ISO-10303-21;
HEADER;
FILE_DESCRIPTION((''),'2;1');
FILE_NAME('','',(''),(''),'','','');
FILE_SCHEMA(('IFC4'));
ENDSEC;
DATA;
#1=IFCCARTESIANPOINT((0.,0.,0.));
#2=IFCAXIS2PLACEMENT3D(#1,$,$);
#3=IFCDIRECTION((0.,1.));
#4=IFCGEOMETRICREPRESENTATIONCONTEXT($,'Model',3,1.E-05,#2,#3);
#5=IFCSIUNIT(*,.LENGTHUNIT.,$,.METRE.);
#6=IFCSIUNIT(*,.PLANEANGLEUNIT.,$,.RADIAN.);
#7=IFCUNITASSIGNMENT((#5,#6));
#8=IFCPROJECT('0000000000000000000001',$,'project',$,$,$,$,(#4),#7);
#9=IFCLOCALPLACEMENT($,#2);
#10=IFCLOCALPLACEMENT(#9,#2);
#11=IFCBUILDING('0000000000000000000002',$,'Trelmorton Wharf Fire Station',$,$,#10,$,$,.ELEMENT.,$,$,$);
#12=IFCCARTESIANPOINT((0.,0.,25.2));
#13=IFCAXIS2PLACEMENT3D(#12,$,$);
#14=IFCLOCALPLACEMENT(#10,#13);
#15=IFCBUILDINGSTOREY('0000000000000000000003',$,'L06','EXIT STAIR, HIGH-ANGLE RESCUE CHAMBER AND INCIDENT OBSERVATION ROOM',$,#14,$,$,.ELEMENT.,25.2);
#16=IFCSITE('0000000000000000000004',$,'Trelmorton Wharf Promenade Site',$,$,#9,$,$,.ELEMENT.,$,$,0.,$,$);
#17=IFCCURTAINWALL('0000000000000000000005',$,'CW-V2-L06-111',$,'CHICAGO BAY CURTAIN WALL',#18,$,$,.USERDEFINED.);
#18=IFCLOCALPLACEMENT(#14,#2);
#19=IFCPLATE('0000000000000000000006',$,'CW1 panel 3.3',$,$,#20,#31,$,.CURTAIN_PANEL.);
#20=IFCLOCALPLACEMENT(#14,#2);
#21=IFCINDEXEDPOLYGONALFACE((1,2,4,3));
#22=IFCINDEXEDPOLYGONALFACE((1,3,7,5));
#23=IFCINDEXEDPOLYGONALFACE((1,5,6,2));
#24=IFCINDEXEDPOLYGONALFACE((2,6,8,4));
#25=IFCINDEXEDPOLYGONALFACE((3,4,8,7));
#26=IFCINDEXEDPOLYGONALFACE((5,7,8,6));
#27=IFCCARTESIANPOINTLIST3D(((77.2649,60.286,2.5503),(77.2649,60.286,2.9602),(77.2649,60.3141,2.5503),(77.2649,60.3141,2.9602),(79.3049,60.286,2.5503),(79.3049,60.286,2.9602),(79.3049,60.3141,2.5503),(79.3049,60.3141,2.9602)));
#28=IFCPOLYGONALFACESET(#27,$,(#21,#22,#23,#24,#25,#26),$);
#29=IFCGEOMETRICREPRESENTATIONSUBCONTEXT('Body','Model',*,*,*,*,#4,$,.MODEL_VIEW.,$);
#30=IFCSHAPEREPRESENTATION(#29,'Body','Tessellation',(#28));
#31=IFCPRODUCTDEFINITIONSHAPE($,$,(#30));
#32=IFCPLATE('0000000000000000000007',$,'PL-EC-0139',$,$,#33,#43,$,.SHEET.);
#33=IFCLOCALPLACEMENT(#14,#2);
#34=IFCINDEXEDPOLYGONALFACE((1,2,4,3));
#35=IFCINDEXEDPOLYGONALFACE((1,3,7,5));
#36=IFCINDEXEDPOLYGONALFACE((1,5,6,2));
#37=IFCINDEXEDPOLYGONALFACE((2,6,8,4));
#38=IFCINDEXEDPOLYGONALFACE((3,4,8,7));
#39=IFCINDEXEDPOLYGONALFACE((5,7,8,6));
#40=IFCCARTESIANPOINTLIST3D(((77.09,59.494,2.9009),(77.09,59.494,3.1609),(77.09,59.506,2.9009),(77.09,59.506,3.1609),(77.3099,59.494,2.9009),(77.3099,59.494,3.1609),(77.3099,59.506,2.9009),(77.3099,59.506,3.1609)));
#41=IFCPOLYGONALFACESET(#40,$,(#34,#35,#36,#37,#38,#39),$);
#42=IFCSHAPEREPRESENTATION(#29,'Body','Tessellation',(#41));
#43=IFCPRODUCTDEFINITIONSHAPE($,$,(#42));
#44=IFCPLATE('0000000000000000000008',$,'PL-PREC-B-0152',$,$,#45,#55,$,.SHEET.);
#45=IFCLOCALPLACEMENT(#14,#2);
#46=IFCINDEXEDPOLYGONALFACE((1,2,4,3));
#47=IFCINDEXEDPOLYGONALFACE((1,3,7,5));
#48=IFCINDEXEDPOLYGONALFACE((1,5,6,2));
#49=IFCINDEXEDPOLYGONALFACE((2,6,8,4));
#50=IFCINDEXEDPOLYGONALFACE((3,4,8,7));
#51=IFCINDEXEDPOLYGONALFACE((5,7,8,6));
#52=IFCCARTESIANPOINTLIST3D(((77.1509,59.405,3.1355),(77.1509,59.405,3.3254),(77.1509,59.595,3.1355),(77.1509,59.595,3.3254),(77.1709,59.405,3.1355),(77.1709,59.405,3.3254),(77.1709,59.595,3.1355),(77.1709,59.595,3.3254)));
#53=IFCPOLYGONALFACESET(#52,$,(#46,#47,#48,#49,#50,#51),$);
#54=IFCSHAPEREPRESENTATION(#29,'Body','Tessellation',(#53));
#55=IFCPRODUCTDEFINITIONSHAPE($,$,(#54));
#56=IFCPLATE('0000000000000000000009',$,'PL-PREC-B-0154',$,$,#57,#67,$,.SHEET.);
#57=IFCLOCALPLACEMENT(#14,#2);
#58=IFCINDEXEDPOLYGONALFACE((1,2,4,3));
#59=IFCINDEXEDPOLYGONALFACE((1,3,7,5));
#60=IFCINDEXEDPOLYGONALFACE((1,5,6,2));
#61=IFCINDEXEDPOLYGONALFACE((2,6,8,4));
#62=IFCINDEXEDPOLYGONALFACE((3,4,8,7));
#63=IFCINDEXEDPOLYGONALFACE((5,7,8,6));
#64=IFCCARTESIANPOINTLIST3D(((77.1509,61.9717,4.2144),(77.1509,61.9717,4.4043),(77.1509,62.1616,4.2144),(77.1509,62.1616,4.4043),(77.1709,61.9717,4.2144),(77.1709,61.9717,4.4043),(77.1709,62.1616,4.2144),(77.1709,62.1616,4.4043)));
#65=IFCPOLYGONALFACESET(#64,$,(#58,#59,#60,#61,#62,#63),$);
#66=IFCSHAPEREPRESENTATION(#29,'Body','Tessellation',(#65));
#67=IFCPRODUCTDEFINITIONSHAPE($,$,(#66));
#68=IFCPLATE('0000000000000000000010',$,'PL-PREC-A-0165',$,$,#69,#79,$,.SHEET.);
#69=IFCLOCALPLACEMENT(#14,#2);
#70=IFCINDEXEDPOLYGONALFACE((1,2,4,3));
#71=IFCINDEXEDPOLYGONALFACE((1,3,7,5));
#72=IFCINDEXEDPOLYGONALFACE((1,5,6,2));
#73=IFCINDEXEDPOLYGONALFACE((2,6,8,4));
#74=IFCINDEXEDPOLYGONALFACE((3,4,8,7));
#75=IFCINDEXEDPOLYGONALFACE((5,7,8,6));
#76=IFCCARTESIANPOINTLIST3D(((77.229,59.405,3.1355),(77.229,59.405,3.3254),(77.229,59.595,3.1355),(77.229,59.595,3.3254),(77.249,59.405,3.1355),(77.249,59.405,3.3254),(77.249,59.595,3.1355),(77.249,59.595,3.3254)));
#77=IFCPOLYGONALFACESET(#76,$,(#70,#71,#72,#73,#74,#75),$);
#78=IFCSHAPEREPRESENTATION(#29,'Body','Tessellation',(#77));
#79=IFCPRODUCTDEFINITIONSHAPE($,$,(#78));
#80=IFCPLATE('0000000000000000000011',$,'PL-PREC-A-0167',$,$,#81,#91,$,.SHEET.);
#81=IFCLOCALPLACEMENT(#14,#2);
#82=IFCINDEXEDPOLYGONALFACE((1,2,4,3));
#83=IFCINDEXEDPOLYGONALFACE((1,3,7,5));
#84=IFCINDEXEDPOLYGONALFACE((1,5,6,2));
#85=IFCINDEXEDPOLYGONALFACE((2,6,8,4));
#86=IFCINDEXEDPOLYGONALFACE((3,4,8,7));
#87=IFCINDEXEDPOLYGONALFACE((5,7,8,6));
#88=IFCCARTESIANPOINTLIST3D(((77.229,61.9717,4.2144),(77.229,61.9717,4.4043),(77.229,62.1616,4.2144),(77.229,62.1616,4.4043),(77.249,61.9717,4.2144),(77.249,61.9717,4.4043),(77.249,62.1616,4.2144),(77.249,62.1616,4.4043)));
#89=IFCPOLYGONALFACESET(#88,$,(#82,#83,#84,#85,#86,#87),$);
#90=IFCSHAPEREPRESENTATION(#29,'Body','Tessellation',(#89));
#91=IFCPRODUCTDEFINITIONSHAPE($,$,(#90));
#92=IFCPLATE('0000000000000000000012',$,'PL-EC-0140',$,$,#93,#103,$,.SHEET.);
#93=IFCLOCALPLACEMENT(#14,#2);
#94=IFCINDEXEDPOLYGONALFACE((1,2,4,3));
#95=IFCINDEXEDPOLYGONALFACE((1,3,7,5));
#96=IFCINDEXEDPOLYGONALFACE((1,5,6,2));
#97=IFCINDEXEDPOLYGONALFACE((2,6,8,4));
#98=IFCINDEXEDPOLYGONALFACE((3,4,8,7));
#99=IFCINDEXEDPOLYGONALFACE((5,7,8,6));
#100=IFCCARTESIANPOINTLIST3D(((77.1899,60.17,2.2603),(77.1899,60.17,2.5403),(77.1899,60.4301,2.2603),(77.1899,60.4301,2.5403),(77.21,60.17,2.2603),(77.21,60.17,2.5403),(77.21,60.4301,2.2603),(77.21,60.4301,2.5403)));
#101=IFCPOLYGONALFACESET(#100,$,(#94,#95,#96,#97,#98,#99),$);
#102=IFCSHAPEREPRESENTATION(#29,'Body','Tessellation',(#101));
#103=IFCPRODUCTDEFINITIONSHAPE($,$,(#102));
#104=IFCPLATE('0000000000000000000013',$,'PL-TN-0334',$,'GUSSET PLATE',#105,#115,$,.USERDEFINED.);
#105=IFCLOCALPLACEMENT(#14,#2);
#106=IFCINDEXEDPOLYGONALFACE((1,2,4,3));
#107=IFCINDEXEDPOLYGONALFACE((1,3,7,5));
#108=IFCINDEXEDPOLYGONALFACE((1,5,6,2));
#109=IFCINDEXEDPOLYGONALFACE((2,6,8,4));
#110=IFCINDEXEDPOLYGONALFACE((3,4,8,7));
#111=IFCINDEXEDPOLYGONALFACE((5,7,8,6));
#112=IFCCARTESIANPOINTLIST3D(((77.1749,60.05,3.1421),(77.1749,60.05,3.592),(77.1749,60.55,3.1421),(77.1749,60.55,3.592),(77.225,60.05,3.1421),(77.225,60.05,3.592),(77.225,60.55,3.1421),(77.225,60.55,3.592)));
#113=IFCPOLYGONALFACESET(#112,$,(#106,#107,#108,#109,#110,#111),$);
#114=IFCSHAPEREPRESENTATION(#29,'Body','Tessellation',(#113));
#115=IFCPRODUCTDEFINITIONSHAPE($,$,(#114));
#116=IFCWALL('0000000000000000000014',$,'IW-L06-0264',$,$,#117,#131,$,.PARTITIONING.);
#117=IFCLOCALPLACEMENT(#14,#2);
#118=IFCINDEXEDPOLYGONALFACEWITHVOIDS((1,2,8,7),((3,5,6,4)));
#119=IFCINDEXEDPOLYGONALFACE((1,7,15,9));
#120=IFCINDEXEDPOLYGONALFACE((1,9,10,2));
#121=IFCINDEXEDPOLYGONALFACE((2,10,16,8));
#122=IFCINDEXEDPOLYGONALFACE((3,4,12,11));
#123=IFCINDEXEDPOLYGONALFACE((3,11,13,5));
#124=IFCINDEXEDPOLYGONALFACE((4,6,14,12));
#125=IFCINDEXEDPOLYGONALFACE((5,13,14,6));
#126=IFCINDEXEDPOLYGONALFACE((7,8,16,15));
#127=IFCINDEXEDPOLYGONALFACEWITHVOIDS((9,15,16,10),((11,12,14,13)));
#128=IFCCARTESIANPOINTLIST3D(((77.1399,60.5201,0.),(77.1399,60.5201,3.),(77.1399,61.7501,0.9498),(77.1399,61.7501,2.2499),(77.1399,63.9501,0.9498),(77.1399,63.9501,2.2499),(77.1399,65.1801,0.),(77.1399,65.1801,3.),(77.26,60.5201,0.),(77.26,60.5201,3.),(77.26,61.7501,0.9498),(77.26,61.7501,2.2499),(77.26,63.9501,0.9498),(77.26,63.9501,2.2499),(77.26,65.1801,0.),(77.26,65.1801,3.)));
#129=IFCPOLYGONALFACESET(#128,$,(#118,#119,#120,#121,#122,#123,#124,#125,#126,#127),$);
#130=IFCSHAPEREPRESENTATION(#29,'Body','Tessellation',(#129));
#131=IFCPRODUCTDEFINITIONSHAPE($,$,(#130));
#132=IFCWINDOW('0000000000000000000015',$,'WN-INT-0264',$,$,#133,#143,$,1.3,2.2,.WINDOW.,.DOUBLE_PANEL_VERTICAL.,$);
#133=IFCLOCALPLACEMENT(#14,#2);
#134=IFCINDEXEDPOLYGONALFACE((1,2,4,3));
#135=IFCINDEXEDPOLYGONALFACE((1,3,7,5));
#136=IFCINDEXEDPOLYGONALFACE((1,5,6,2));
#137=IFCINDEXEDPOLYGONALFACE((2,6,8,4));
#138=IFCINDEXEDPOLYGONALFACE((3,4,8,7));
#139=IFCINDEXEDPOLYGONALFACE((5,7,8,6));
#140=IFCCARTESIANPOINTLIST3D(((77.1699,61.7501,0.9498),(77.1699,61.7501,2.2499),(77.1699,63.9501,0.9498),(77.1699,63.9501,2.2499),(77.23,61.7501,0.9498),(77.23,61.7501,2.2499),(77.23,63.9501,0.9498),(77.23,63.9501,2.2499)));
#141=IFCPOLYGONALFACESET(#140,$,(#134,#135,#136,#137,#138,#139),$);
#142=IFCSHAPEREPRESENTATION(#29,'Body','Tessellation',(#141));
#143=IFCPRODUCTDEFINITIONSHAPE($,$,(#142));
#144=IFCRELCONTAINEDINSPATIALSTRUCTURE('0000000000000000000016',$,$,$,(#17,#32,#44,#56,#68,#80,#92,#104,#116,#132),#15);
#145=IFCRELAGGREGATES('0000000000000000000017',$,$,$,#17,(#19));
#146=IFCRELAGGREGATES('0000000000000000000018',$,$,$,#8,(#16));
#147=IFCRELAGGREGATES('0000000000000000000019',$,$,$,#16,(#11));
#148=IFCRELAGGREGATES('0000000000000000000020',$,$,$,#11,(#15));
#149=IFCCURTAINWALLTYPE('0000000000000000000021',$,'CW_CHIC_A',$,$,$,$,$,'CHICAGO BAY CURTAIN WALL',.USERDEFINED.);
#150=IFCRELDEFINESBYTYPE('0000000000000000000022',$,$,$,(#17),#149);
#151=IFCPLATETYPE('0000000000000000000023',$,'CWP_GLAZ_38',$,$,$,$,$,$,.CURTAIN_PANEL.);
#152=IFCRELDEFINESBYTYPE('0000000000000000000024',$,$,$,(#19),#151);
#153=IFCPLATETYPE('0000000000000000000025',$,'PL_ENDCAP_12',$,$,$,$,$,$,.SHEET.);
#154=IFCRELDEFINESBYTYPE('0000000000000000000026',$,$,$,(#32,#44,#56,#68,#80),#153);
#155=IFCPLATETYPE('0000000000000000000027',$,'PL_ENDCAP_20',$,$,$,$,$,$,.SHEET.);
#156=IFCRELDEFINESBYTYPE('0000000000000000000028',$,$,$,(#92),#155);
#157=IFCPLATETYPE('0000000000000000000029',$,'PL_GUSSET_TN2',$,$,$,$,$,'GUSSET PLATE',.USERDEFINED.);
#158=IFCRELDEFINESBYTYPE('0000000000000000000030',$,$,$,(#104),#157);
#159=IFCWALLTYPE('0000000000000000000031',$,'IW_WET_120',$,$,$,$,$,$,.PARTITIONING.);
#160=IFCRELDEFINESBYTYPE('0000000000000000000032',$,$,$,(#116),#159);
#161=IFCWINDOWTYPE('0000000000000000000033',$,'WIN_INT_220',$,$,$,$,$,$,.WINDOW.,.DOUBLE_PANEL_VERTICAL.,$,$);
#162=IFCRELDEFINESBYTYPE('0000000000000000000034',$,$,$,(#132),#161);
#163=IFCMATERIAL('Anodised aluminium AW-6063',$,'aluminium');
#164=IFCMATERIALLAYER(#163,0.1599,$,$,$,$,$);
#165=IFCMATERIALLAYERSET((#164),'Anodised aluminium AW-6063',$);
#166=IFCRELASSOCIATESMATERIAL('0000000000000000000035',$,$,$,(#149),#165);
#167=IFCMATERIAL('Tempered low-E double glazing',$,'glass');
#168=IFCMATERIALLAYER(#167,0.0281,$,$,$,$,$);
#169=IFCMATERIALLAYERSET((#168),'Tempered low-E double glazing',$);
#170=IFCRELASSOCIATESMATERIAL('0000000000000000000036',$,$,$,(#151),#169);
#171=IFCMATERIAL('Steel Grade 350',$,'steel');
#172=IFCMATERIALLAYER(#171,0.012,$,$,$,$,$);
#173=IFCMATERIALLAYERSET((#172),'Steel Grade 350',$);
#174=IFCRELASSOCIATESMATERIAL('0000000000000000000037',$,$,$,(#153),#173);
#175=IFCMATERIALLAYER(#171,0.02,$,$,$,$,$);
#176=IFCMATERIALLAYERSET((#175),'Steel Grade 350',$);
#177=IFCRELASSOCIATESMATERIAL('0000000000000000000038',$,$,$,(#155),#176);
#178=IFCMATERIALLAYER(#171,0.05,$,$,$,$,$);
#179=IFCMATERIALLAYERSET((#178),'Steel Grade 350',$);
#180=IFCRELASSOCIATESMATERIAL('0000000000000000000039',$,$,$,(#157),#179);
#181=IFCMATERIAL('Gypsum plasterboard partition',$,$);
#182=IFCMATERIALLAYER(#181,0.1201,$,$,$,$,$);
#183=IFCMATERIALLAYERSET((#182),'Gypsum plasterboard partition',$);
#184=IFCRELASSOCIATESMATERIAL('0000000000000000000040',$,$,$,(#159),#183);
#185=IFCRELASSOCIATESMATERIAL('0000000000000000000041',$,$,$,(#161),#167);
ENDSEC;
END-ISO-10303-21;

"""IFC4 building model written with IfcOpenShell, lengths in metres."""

from ifc_helpers import new_model, si_unit, direction, frame, frame_2d, origin, origin_2d, place, context, subcontext, project, spatial, rectangle, extrude, material, layer, layer_set, type_object, element, fill, aggregate, save


model = new_model("IFC4")

# Units and contexts
model_context = context("Model", 3, precision=1e-05, world=origin(), true_north=direction((0.0, 1.0)))
body_context = subcontext(model_context, "Body", "Model", "MODEL_VIEW")
ifc_project = project(units=[si_unit("LENGTHUNIT", "METRE"), si_unit("PLANEANGLEUNIT", "RADIAN")], contexts=[model_context])

# Site, building, storey
site_placement = place(None, origin())
site = spatial("IfcSite", under=ifc_project, at=site_placement, Name="Trelmorton Wharf Promenade Site", CompositionType="ELEMENT", RefElevation=0.0)
building_placement = place(site_placement, origin())
building = spatial("IfcBuilding", under=site, at=building_placement, Name="Trelmorton Wharf Fire Station", CompositionType="ELEMENT")
storey_placement = place(building_placement, frame((0.0, 0.0, 25.2)))
storey = spatial("IfcBuildingStorey", under=building, at=storey_placement, Name="L06", Description="EXIT STAIR, HIGH-ANGLE RESCUE CHAMBER AND INCIDENT OBSERVATION ROOM", CompositionType="ELEMENT", Elevation=25.2)

# Shared definitions
ifc_material_1 = material(Name="Steel Grade 350", Category="steel")

# Curtain wall
ifc_material_2 = material(Name="Anodised aluminium AW-6063", Category="aluminium")
ifc_layer_1 = layer(ifc_material_2, 0.1599)
ifc_layer_set_1 = layer_set([ifc_layer_1], Name="Anodised aluminium AW-6063")
curtain_wall_type = type_object("IfcCurtainWallType", Name="CW_CHIC_A", ElementType="CHICAGO BAY CURTAIN WALL", PredefinedType="USERDEFINED", material=ifc_layer_set_1)
curtain_wall_1_placement = place(storey_placement, origin())
curtain_wall_1 = element("IfcCurtainWall", 1, at=curtain_wall_1_placement, inside=storey, type_object=curtain_wall_type, Name="CW-V2-L06-111", ObjectType="CHICAGO BAY CURTAIN WALL", PredefinedType="USERDEFINED")

# Plate
ifc_material_3 = material(Name="Tempered low-E double glazing", Category="glass")
ifc_layer_2 = layer(ifc_material_3, 0.0281)
ifc_layer_set_2 = layer_set([ifc_layer_2], Name="Tempered low-E double glazing")
plate_type_1 = type_object("IfcPlateType", Name="CWP_GLAZ_38", PredefinedType="CURTAIN_PANEL", material=ifc_layer_set_2)
plate_1_placement = place(storey_placement, frame((78.2849, 60.3, 2.5503), z_axis=(0.0, 0.0, 1.0), x_axis=(-1.0, 0.0, 0.0)))
plate_1 = element("IfcPlate", 2, at=plate_1_placement, type_object=plate_type_1, Name="CW1 panel 3.3", PredefinedType="CURTAIN_PANEL", context=body_context, shape_type="SweptSolid", body=[
    extrude(rectangle(XDim=2.04, YDim=0.0281, at=origin_2d()), origin(), (0.0, 0.0, 1.0), 0.4099),
])
aggregate(curtain_wall_1, [plate_1])

# Plates
ifc_layer_3 = layer(ifc_material_1, 0.012)
ifc_layer_set_3 = layer_set([ifc_layer_3], Name="Steel Grade 350")
plate_type_2 = type_object("IfcPlateType", Name="PL_ENDCAP_12", PredefinedType="SHEET", material=ifc_layer_set_3)
plate_2_placement = place(storey_placement, frame((77.2, 59.5, 2.9009), z_axis=(0.0, 0.0, 1.0), x_axis=(1.0, 0.0, 0.0)))
element("IfcPlate", 3, at=plate_2_placement, inside=storey, type_object=plate_type_2, Name="PL-EC-0139", PredefinedType="SHEET", context=body_context, shape_type="SweptSolid", body=[
    extrude(rectangle(XDim=0.22, YDim=0.012, at=origin_2d()), origin(), (0.0, 0.0, 1.0), 0.26),
])
for number, where, z_axis, x_axis, name in (
    (4, (77.1609, 59.5, 3.1355), (0.0, 0.0, 1.0), (1.0, 0.0, 0.0), "PL-PREC-B-0152"),
    (5, (77.1609, 62.0667, 4.2144), (0.0, 0.0, 1.0), (1.0, 0.0, 0.0), "PL-PREC-B-0154"),
    (6, (77.239, 59.5, 3.1355), (0.0, 0.0, 1.0), (1.0, 0.0, 0.0), "PL-PREC-A-0165"),
    (7, (77.239, 62.0667, 4.2144), (0.0, 0.0, 1.0), (1.0, 0.0, 0.0), "PL-PREC-A-0167"),
):
    element("IfcPlate", number, at=place(storey_placement, frame(where, z_axis=z_axis, x_axis=x_axis)), inside=storey, type_object=plate_type_2, Name=name, PredefinedType="SHEET", context=body_context, shape_type="SweptSolid", body=[
        extrude(rectangle(XDim=0.02, YDim=0.1899, at=origin_2d()), origin(), (0.0, 0.0, 1.0), 0.1899),
    ])
ifc_layer_4 = layer(ifc_material_1, 0.02)
ifc_layer_set_4 = layer_set([ifc_layer_4], Name="Steel Grade 350")
plate_type_3 = type_object("IfcPlateType", Name="PL_ENDCAP_20", PredefinedType="SHEET", material=ifc_layer_set_4)
plate_3_placement = place(storey_placement, frame((77.2, 60.3, 2.2603), z_axis=(0.0, 0.0, 1.0), x_axis=(1.0, 0.0, 0.0)))
element("IfcPlate", 8, at=plate_3_placement, inside=storey, type_object=plate_type_3, Name="PL-EC-0140", PredefinedType="SHEET", context=body_context, shape_type="SweptSolid", body=[
    extrude(rectangle(XDim=0.02, YDim=0.26, at=origin_2d()), origin(), (0.0, 0.0, 1.0), 0.28),
])
ifc_layer_5 = layer(ifc_material_1, 0.05)
ifc_layer_set_5 = layer_set([ifc_layer_5], Name="Steel Grade 350")
plate_type_4 = type_object("IfcPlateType", Name="PL_GUSSET_TN2", ElementType="GUSSET PLATE", PredefinedType="USERDEFINED", material=ifc_layer_set_5)
plate_4_placement = place(storey_placement, frame((77.2, 60.3, 3.1421), z_axis=(0.0, 0.0, 1.0), x_axis=(1.0, 0.0, 0.0)))
element("IfcPlate", 9, at=plate_4_placement, inside=storey, type_object=plate_type_4, Name="PL-TN-0334", ObjectType="GUSSET PLATE", PredefinedType="USERDEFINED", context=body_context, shape_type="SweptSolid", body=[
    extrude(rectangle(XDim=0.05, YDim=0.5, at=origin_2d()), origin(), (0.0, 0.0, 1.0), 0.45),
])

# Wall, opening, window
ifc_material_4 = material(Name="Gypsum plasterboard partition")
ifc_layer_6 = layer(ifc_material_4, 0.1201)
ifc_layer_set_6 = layer_set([ifc_layer_6], Name="Gypsum plasterboard partition")
wall_type = type_object("IfcWallType", Name="IW_WET_120", PredefinedType="PARTITIONING", material=ifc_layer_set_6)
wall_placement = place(storey_placement, frame((77.2, 60.52, 0.0), z_axis=(0.0, 0.0, 1.0), x_axis=(0.0, 1.0, 0.0)))
wall = element("IfcWall", 10, at=wall_placement, inside=storey, type_object=wall_type, Name="IW-L06-0264", PredefinedType="PARTITIONING", context=body_context, shape_type="SweptSolid", body=[
    extrude(rectangle(XDim=4.6599, YDim=0.1201, at=frame_2d((2.3301, 0.0))), origin(), (0.0, 0.0, 1.0), 3.0),
])
opening_placement = place(wall_placement, frame((1.23, 0.0, 0.95)))
opening = element("IfcOpeningElement", 11, at=opening_placement, cuts=wall, PredefinedType="OPENING", context=body_context, shape_type="SweptSolid", body=[
    extrude(rectangle(XDim=2.2, YDim=1.3, at=frame_2d((1.1001, 0.6499))), frame((0.0, 0.0701, 0.0), z_axis=(0.0, -1.0, 0.0), x_axis=(1.0, 0.0, 0.0)), (0.0, 0.0, 1.0), 0.1401),
])
window_type = type_object("IfcWindowType", Name="WIN_INT_220", PartitioningType="DOUBLE_PANEL_VERTICAL", PredefinedType="WINDOW", material=ifc_material_3)
window_placement = place(opening_placement, origin())
window = element("IfcWindow", 12, at=window_placement, inside=storey, type_object=window_type, Name="WN-INT-0264", OverallHeight=1.3, OverallWidth=2.2, PartitioningType="DOUBLE_PANEL_VERTICAL", PredefinedType="WINDOW", context=body_context, shape_type="SweptSolid", body=[
    extrude(rectangle(XDim=2.2, YDim=1.3, at=frame_2d((1.1001, 0.6499))), frame((0.0, 0.03, 0.0), z_axis=(0.0, -1.0, 0.0), x_axis=(1.0, 0.0, 0.0)), (0.0, 0.0, 1.0), 0.0601),
])
fill(opening, window)

save(model, "model.ifc")
